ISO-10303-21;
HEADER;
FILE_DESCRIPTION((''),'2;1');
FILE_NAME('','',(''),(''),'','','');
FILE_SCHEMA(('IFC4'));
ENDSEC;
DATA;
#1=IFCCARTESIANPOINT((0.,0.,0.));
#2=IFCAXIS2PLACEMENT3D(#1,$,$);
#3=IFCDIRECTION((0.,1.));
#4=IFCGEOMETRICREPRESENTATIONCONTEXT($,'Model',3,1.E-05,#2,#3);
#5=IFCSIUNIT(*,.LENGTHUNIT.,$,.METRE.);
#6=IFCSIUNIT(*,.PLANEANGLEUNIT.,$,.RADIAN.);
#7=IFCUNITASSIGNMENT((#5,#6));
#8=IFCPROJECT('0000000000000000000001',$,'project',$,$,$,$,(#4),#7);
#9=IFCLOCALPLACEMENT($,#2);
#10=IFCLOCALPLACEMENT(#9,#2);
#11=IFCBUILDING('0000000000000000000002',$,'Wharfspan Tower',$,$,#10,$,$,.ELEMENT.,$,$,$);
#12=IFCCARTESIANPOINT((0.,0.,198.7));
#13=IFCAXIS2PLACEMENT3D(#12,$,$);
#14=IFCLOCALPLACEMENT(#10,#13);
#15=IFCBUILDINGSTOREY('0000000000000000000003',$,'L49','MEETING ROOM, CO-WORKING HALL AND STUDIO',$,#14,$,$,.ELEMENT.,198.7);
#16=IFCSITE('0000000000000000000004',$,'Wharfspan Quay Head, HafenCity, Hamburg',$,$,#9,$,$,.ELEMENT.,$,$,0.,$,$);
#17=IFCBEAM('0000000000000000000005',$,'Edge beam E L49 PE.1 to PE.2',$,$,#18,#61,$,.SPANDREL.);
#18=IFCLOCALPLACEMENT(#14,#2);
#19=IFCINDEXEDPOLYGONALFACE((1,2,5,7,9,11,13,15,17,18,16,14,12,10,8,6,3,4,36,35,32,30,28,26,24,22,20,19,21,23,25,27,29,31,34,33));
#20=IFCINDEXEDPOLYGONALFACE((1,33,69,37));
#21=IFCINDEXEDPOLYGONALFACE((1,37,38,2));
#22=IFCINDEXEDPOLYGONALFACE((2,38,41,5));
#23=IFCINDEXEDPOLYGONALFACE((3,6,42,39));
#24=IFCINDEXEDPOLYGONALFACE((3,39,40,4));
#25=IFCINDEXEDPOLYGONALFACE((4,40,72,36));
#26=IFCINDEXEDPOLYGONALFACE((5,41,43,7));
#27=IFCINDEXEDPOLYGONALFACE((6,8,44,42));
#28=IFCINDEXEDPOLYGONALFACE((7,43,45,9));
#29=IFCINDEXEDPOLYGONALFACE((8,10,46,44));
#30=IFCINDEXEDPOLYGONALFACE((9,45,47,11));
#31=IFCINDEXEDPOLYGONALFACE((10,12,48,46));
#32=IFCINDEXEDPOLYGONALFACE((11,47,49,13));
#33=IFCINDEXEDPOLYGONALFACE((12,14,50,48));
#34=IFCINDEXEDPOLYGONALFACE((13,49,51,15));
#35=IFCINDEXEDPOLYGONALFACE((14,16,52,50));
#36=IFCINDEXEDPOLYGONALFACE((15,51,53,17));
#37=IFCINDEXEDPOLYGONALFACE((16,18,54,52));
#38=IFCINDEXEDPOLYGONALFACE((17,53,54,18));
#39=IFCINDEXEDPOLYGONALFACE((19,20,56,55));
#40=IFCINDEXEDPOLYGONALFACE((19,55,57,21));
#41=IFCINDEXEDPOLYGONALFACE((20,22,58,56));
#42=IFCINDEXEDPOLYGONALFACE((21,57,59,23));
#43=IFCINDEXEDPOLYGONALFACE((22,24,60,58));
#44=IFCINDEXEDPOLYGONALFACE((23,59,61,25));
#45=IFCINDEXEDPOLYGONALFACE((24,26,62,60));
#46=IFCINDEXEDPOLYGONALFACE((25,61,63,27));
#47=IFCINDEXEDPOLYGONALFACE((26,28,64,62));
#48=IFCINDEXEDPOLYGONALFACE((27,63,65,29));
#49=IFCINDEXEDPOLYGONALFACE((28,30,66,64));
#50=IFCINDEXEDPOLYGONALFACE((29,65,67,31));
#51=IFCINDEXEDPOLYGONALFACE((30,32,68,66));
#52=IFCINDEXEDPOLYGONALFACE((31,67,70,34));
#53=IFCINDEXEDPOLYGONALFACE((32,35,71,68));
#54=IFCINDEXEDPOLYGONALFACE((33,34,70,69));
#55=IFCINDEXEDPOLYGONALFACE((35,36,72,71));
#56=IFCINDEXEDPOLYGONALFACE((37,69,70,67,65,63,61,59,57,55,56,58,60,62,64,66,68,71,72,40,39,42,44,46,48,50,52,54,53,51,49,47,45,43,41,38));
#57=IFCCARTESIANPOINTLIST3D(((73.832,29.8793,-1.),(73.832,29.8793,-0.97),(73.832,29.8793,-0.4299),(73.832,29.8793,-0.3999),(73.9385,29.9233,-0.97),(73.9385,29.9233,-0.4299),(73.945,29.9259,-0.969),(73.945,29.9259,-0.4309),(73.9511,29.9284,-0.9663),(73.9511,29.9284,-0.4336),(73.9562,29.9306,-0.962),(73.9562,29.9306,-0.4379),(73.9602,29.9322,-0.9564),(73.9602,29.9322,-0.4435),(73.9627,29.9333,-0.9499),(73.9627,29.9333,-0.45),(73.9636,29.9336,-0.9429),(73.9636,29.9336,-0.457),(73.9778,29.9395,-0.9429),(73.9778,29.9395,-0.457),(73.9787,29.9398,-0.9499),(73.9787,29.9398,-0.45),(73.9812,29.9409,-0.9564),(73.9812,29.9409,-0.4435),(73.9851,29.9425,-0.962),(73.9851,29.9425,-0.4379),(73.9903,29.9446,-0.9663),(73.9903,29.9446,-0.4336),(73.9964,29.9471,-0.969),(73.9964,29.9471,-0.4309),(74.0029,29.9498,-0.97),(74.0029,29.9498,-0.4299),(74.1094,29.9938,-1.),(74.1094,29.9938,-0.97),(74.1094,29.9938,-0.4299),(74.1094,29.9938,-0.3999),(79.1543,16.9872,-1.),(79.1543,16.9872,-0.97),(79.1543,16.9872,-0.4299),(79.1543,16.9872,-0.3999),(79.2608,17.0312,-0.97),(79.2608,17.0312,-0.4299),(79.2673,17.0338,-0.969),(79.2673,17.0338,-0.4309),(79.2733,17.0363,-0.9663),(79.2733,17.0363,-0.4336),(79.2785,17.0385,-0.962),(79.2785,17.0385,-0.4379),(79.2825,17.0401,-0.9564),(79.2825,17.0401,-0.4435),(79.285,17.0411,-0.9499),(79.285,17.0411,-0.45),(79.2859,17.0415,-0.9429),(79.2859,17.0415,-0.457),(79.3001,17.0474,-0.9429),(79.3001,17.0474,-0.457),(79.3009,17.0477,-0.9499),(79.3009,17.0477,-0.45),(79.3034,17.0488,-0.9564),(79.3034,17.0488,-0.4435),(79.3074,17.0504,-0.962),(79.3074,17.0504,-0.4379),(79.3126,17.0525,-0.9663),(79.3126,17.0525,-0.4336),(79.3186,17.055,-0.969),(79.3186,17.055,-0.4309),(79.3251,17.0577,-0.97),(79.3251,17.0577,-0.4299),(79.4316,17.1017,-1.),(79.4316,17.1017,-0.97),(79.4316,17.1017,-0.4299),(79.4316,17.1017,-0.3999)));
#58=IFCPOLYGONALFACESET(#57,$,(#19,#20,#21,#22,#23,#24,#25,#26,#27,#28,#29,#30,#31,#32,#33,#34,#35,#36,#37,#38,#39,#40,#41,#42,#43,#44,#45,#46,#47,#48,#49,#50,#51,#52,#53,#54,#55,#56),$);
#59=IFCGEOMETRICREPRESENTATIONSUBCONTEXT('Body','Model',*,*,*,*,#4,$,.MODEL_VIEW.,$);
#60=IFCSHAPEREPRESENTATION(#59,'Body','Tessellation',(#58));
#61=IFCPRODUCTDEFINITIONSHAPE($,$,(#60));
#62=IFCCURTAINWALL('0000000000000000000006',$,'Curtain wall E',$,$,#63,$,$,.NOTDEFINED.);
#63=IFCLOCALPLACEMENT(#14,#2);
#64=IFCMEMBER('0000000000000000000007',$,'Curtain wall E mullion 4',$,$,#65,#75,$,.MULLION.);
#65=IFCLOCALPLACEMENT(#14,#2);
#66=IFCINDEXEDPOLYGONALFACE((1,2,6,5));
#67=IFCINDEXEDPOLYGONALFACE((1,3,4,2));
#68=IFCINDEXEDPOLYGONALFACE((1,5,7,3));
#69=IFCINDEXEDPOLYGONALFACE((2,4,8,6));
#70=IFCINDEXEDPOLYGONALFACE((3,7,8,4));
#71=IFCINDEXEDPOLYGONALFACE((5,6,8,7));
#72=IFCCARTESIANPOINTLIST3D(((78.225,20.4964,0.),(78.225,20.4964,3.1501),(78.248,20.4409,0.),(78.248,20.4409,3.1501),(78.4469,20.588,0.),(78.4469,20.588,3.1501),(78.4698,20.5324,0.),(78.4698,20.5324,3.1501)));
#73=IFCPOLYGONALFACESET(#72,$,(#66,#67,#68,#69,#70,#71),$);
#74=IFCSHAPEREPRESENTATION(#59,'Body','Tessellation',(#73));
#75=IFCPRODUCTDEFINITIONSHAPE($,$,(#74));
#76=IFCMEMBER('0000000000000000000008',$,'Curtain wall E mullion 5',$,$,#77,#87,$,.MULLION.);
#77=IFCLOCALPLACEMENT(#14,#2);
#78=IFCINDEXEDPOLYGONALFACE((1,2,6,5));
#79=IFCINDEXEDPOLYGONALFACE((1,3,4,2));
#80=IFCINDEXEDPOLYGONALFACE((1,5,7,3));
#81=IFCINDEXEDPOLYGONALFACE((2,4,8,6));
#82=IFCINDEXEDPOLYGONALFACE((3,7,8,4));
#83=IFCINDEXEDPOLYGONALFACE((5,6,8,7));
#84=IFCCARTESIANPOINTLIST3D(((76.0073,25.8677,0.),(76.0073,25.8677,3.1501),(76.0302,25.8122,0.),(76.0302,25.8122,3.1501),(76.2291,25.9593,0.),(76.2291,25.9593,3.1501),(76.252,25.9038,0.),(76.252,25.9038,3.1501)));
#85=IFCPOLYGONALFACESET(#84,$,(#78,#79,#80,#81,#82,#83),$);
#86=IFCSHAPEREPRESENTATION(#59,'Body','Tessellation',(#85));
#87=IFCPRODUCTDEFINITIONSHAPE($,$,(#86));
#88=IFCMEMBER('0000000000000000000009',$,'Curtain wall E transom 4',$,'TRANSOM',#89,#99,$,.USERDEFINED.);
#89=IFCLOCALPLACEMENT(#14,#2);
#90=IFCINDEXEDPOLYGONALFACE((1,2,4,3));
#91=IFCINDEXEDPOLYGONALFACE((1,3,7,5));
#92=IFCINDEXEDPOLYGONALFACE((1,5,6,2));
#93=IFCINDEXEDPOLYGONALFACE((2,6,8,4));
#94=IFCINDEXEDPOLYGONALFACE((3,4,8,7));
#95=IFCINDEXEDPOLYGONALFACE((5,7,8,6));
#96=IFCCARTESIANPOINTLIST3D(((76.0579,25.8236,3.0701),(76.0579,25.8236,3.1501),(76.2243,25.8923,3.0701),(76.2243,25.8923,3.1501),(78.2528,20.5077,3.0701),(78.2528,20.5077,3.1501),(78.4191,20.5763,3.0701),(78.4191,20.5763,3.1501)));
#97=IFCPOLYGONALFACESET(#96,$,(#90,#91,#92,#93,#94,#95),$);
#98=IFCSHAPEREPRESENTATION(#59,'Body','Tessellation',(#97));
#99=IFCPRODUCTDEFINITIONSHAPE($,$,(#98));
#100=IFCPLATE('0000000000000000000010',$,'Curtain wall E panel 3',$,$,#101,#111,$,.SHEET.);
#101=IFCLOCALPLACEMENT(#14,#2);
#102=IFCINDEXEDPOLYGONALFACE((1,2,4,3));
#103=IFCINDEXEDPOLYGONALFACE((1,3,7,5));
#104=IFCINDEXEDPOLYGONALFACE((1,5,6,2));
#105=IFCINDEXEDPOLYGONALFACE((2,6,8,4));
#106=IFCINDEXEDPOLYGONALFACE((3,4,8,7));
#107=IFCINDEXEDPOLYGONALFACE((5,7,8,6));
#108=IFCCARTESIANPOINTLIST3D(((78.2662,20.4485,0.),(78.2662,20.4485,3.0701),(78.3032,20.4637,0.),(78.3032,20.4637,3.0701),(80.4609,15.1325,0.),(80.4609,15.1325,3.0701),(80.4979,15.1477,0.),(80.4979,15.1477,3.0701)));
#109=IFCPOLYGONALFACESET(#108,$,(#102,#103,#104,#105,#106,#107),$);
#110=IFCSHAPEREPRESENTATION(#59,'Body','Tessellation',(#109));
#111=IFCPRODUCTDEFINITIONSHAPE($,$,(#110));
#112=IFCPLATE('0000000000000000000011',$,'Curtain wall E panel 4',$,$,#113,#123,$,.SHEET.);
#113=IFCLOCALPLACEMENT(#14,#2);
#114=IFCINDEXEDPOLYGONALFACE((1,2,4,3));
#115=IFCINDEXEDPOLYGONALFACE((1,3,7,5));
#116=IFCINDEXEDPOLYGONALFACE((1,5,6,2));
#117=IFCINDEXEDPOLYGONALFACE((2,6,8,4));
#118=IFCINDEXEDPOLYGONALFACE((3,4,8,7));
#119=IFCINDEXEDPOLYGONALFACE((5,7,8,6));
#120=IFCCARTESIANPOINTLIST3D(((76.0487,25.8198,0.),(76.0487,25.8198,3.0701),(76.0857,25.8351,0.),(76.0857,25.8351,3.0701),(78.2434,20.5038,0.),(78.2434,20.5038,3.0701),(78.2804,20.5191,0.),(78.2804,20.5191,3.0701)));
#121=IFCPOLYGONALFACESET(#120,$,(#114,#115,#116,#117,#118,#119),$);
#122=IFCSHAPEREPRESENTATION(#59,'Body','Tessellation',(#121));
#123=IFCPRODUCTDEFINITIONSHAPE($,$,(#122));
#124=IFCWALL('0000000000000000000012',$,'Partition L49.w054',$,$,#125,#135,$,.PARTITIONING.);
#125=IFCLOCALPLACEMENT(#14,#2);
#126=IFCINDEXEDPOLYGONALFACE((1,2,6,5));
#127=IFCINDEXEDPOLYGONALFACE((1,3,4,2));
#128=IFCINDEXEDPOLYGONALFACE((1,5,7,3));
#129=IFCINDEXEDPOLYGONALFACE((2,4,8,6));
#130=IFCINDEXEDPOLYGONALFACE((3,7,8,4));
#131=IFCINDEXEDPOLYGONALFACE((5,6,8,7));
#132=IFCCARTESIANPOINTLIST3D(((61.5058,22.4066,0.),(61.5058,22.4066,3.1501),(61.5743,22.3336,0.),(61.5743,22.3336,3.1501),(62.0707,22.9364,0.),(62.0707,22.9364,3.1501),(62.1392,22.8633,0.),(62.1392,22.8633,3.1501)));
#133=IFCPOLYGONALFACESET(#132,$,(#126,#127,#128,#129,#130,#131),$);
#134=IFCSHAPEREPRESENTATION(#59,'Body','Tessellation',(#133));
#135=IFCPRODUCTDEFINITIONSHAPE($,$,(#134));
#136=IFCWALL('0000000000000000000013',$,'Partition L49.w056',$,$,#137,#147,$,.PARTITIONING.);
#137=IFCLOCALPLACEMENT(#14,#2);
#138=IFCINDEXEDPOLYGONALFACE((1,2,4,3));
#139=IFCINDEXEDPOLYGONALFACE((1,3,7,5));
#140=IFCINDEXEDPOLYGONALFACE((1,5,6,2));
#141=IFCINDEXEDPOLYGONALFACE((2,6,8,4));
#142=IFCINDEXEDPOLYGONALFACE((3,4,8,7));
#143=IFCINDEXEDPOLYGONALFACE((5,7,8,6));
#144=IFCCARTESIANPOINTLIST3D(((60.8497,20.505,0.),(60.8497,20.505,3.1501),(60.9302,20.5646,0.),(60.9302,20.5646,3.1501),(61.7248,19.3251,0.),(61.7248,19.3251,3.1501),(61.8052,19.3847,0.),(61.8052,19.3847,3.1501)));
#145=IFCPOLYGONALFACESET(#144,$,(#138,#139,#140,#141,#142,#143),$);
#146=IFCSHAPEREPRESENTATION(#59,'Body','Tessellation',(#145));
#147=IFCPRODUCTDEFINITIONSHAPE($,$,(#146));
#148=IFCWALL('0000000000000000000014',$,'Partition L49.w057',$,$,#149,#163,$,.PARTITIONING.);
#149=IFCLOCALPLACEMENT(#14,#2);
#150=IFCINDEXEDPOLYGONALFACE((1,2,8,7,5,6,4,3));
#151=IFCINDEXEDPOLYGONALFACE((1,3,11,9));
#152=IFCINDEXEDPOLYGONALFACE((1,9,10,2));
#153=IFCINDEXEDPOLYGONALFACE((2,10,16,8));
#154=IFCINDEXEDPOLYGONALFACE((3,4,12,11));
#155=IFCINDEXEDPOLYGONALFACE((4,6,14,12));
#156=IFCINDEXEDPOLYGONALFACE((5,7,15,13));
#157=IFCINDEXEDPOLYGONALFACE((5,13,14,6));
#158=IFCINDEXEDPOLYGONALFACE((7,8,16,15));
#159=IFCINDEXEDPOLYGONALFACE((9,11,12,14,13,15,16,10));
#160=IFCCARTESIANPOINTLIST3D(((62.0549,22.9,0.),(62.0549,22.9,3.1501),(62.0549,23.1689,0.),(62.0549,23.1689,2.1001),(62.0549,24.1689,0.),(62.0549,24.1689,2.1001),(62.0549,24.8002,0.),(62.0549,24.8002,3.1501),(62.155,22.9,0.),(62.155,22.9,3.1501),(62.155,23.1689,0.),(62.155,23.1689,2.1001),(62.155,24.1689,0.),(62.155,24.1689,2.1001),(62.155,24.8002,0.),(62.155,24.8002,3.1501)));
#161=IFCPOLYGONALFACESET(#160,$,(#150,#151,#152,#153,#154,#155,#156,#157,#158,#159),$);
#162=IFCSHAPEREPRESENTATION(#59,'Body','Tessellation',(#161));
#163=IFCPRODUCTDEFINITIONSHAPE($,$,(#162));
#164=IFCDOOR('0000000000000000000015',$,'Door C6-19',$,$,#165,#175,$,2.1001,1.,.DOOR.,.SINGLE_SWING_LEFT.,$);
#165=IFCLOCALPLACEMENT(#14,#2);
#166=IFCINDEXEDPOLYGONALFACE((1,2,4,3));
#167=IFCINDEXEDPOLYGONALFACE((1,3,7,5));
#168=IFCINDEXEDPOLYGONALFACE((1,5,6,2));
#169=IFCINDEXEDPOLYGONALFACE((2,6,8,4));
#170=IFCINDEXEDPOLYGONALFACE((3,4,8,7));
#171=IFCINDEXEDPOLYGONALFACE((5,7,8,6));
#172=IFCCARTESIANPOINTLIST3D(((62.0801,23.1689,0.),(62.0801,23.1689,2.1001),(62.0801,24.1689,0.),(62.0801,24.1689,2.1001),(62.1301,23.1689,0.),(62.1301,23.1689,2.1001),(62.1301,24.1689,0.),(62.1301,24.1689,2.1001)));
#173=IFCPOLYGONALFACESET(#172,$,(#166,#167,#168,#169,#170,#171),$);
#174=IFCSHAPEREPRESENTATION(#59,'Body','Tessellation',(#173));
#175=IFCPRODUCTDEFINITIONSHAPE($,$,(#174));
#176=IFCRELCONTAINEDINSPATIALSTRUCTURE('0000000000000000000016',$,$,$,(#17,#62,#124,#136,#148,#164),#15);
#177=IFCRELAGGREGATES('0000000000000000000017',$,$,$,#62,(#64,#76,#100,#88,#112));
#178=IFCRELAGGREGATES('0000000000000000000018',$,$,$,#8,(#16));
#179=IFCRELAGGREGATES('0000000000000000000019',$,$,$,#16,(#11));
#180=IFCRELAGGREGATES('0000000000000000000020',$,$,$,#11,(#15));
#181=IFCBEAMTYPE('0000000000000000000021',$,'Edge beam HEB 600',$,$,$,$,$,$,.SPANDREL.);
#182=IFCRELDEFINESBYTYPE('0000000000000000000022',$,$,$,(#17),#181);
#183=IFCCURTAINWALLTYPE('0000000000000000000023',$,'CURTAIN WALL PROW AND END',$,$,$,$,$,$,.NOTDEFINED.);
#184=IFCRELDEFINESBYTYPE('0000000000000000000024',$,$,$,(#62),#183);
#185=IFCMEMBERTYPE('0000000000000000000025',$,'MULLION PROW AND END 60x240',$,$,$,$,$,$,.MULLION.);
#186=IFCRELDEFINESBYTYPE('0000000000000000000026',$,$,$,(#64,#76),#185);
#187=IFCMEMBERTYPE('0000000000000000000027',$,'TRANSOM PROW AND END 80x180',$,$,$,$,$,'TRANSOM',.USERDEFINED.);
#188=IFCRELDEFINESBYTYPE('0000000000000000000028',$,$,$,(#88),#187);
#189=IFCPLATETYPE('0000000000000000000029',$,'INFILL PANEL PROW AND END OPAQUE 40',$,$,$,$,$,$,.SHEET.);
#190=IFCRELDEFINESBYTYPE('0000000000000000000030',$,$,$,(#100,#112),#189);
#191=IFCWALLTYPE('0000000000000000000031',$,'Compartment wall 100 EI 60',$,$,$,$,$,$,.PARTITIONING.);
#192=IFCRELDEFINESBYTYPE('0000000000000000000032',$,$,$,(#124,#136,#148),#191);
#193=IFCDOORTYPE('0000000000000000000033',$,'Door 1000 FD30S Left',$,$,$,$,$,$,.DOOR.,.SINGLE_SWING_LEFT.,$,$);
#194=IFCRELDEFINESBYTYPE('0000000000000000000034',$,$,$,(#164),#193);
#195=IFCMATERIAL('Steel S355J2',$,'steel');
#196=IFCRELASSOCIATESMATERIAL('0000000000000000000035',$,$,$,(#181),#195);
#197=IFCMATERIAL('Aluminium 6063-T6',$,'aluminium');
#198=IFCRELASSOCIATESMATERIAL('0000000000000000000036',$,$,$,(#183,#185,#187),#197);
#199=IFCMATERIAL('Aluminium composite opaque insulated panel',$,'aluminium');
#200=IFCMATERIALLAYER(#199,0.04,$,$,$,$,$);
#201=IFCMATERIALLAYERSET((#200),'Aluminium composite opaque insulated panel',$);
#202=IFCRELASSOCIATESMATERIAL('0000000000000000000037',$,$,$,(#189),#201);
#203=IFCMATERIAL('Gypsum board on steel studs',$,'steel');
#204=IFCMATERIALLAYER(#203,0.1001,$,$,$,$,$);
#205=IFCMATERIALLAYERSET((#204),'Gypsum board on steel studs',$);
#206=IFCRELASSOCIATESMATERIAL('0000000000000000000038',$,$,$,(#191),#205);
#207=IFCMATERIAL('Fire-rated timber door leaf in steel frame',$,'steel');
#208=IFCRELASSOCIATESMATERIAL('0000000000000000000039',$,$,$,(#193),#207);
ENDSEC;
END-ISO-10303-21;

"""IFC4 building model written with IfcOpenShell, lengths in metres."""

from ifc_helpers import new_model, si_unit, direction, frame, frame_2d, origin, origin_2d, place, context, subcontext, project, spatial, rectangle, i_section, extrude, material, layer, layer_set, material_profile, profile_set, type_object, element, fill, aggregate, save


model = new_model("IFC4")

# Units and contexts
model_context = context("Model", 3, precision=1e-05, world=origin(), true_north=direction((0.0, 1.0)))
body_context = subcontext(model_context, "Body", "Model", "MODEL_VIEW")
ifc_project = project(units=[si_unit("LENGTHUNIT", "METRE"), si_unit("PLANEANGLEUNIT", "RADIAN")], contexts=[model_context])

# Site, building, storey
site_placement = place(None, origin())
site = spatial("IfcSite", under=ifc_project, at=site_placement, Name="Wharfspan Quay Head, HafenCity, Hamburg", CompositionType="ELEMENT", RefElevation=0.0)
building_placement = place(site_placement, origin())
building = spatial("IfcBuilding", under=site, at=building_placement, Name="Wharfspan Tower", CompositionType="ELEMENT")
storey_placement = place(building_placement, frame((0.0, 0.0, 198.7)))
storey = spatial("IfcBuildingStorey", under=building, at=storey_placement, Name="L49", Description="MEETING ROOM, CO-WORKING HALL AND STUDIO", CompositionType="ELEMENT", Elevation=198.7)

# Beam
ifc_material_1 = material(Name="Steel S355J2", Category="steel")
ifc_material_profile_1 = material_profile(ifc_material_1, i_section(OverallWidth=0.3, OverallDepth=0.6001, WebThickness=0.0154, FlangeThickness=0.03, FilletRadius=0.0271, at=origin_2d()))
ifc_profile_set_1 = profile_set([ifc_material_profile_1], Name="Steel S355J2")
beam_type = type_object("IfcBeamType", Name="Edge beam HEB 600", PredefinedType="SPANDREL", material=ifc_profile_set_1)
beam_placement = place(storey_placement, frame((79.293, 17.0444, -0.7), z_axis=(-0.381593, 0.92433, 0.0), x_axis=(-0.92433, -0.381593, 0.0)))
element("IfcBeam", 1, at=beam_placement, inside=storey, type_object=beam_type, Name="Edge beam E L49 PE.1 to PE.2", PredefinedType="SPANDREL", context=body_context, shape_type="SweptSolid", body=[
    extrude(i_section(OverallWidth=0.3, OverallDepth=0.6001, WebThickness=0.0154, FlangeThickness=0.03, FilletRadius=0.0271, at=origin_2d()), origin(), (0.0, 0.0, 1.0), 13.9475),
])

# Curtain wall, members, plates
ifc_material_2 = material(Name="Aluminium 6063-T6", Category="aluminium")
curtain_wall_type = type_object("IfcCurtainWallType", Name="CURTAIN WALL PROW AND END", PredefinedType="NOTDEFINED", material=ifc_material_2)
curtain_wall_placement = place(storey_placement, origin())
curtain_wall = element("IfcCurtainWall", 2, at=curtain_wall_placement, inside=storey, type_object=curtain_wall_type, Name="Curtain wall E", PredefinedType="NOTDEFINED")
ifc_material_profile_2 = material_profile(ifc_material_2, rectangle(XDim=0.24, YDim=0.0601, at=origin_2d()))
ifc_profile_set_2 = profile_set([ifc_material_profile_2], Name="Aluminium 6063-T6")
member_type_1 = type_object("IfcMemberType", Name="MULLION PROW AND END 60x240", PredefinedType="MULLION", material=ifc_profile_set_2)
member_1_placement = place(storey_placement, frame((78.3474, 20.5144, 0.0), z_axis=(0.0, 0.0, 1.0), x_axis=(-0.924325, -0.381602, 0.0)))
member_1 = element("IfcMember", 3, at=member_1_placement, type_object=member_type_1, Name="Curtain wall E mullion 4", PredefinedType="MULLION", context=body_context, shape_type="SweptSolid", body=[
    extrude(rectangle(XDim=0.24, YDim=0.0601, at=origin_2d()), origin(), (0.0, 0.0, 1.0), 3.1501),
])
member_2_placement = place(storey_placement, frame((76.1296, 25.8857, 0.0), z_axis=(0.0, 0.0, 1.0), x_axis=(-0.924325, -0.381602, 0.0)))
member_2 = element("IfcMember", 4, at=member_2_placement, type_object=member_type_1, Name="Curtain wall E mullion 5", PredefinedType="MULLION", context=body_context, shape_type="SweptSolid", body=[
    extrude(rectangle(XDim=0.24, YDim=0.0601, at=origin_2d()), origin(), (0.0, 0.0, 1.0), 3.1501),
])
ifc_material_profile_3 = material_profile(ifc_material_2, rectangle(XDim=0.1799, YDim=0.0801, at=origin_2d()))
ifc_profile_set_3 = profile_set([ifc_material_profile_3], Name="Aluminium 6063-T6")
member_type_2 = type_object("IfcMemberType", Name="TRANSOM PROW AND END 80x180", ElementType="TRANSOM", PredefinedType="USERDEFINED", material=ifc_profile_set_3)
member_3_placement = place(storey_placement, frame((78.3359, 20.542, 3.1101), z_axis=(-0.381629, 0.924315, 0.0), x_axis=(-0.924315, -0.381629, 0.0)))
member_3 = element("IfcMember", 5, at=member_3_placement, type_object=member_type_2, Name="Curtain wall E transom 4", ObjectType="TRANSOM", PredefinedType="USERDEFINED", context=body_context, shape_type="SweptSolid", body=[
    extrude(rectangle(XDim=0.1799, YDim=0.0801, at=origin_2d()), origin(), (0.0, 0.0, 1.0), 5.7512),
])
ifc_material_3 = material(Name="Aluminium composite opaque insulated panel", Category="aluminium")
ifc_layer_1 = layer(ifc_material_3, 0.04)
ifc_layer_set_1 = layer_set([ifc_layer_1], Name="Aluminium composite opaque insulated panel")
plate_type = type_object("IfcPlateType", Name="INFILL PANEL PROW AND END OPAQUE 40", PredefinedType="SHEET", material=ifc_layer_set_1)
plate_1_placement = place(storey_placement, frame((79.3821, 17.7981, 0.0), z_axis=(0.0, 0.0, 1.0), x_axis=(-0.381602, 0.924325, 0.0)))
plate_1 = element("IfcPlate", 6, at=plate_1_placement, type_object=plate_type, Name="Curtain wall E panel 3", PredefinedType="SHEET", context=body_context, shape_type="SweptSolid", body=[
    extrude(rectangle(XDim=5.7512, YDim=0.04, at=origin_2d()), origin(), (0.0, 0.0, 1.0), 3.0701),
])
plate_2_placement = place(storey_placement, frame((77.1646, 23.1694, 0.0), z_axis=(0.0, 0.0, 1.0), x_axis=(-0.381602, 0.924325, 0.0)))
plate_2 = element("IfcPlate", 7, at=plate_2_placement, type_object=plate_type, Name="Curtain wall E panel 4", PredefinedType="SHEET", context=body_context, shape_type="SweptSolid", body=[
    extrude(rectangle(XDim=5.7512, YDim=0.04, at=origin_2d()), origin(), (0.0, 0.0, 1.0), 3.0701),
])
aggregate(curtain_wall, [member_1, member_2, plate_1, member_3, plate_2])

# Walls
ifc_material_4 = material(Name="Gypsum board on steel studs", Category="steel")
ifc_layer_2 = layer(ifc_material_4, 0.1001)
ifc_layer_set_2 = layer_set([ifc_layer_2], Name="Gypsum board on steel studs")
wall_type_1 = type_object("IfcWallType", Name="Compartment wall 100 EI 60", PredefinedType="PARTITIONING", material=ifc_layer_set_2)
wall_1_placement = place(storey_placement, frame((61.54, 22.3701, 0.0), z_axis=(0.0, 0.0, 1.0), x_axis=(0.72944, 0.684047, 0.0)))
element("IfcWall", 8, at=wall_1_placement, inside=storey, type_object=wall_type_1, Name="Partition L49.w054", PredefinedType="PARTITIONING", context=body_context, shape_type="SweptSolid", body=[
    extrude(rectangle(XDim=0.7744, YDim=0.1001, at=frame_2d((0.3872, 0.0))), origin(), (0.0, 0.0, 1.0), 3.1501),
])
wall_2_placement = place(storey_placement, frame((61.7649, 19.355, 0.0), z_axis=(0.0, 0.0, 1.0), x_axis=(-0.595656, 0.803238, 0.0)))
element("IfcWall", 9, at=wall_2_placement, inside=storey, type_object=wall_type_1, Name="Partition L49.w056", PredefinedType="PARTITIONING", context=body_context, shape_type="SweptSolid", body=[
    extrude(rectangle(XDim=1.469, YDim=0.1001, at=frame_2d((0.7344, 0.0))), origin(), (0.0, 0.0, 1.0), 3.1501),
])

# Wall, opening, door
wall_3_placement = place(storey_placement, frame((62.105, 22.8999, 0.0), z_axis=(0.0, 0.0, 1.0), x_axis=(0.0, 1.0, 0.0)))
wall_3 = element("IfcWall", 10, at=wall_3_placement, inside=storey, type_object=wall_type_1, Name="Partition L49.w057", PredefinedType="PARTITIONING", context=body_context, shape_type="SweptSolid", body=[
    extrude(rectangle(XDim=1.9001, YDim=0.1001, at=frame_2d((0.9502, 0.0))), origin(), (0.0, 0.0, 1.0), 3.1501),
])
opening_1_placement = place(wall_3_placement, frame((0.269, 0.0, 0.0)))
opening_1 = element("IfcOpeningElement", 11, at=opening_1_placement, cuts=wall_3, PredefinedType="OPENING", context=body_context, shape_type="SweptSolid", body=[
    extrude(rectangle(XDim=1.0, YDim=2.1001, at=frame_2d((0.5, 1.05))), frame((0.0, 0.0601, 0.0), z_axis=(0.0, -1.0, 0.0), x_axis=(1.0, 0.0, 0.0)), (0.0, 0.0, 1.0), 0.1201),
])
ifc_material_5 = material(Name="Fire-rated timber door leaf in steel frame", Category="steel")
door_type_1 = type_object("IfcDoorType", Name="Door 1000 FD30S Left", OperationType="SINGLE_SWING_LEFT", PredefinedType="DOOR", material=ifc_material_5)
door_1_placement = place(opening_1_placement, origin())
door_1 = element("IfcDoor", 12, at=door_1_placement, inside=storey, type_object=door_type_1, Name="Door C6-19", OperationType="SINGLE_SWING_LEFT", OverallHeight=2.1001, OverallWidth=1.0, PredefinedType="DOOR", context=body_context, shape_type="SweptSolid", body=[
    extrude(rectangle(XDim=1.0, YDim=2.1001, at=frame_2d((0.5, 1.05))), frame((0.0, 0.0249, 0.0), z_axis=(0.0, -1.0, 0.0), x_axis=(1.0, 0.0, 0.0)), (0.0, 0.0, 1.0), 0.05),
])
fill(opening_1, door_1)

save(model, "model.ifc")
